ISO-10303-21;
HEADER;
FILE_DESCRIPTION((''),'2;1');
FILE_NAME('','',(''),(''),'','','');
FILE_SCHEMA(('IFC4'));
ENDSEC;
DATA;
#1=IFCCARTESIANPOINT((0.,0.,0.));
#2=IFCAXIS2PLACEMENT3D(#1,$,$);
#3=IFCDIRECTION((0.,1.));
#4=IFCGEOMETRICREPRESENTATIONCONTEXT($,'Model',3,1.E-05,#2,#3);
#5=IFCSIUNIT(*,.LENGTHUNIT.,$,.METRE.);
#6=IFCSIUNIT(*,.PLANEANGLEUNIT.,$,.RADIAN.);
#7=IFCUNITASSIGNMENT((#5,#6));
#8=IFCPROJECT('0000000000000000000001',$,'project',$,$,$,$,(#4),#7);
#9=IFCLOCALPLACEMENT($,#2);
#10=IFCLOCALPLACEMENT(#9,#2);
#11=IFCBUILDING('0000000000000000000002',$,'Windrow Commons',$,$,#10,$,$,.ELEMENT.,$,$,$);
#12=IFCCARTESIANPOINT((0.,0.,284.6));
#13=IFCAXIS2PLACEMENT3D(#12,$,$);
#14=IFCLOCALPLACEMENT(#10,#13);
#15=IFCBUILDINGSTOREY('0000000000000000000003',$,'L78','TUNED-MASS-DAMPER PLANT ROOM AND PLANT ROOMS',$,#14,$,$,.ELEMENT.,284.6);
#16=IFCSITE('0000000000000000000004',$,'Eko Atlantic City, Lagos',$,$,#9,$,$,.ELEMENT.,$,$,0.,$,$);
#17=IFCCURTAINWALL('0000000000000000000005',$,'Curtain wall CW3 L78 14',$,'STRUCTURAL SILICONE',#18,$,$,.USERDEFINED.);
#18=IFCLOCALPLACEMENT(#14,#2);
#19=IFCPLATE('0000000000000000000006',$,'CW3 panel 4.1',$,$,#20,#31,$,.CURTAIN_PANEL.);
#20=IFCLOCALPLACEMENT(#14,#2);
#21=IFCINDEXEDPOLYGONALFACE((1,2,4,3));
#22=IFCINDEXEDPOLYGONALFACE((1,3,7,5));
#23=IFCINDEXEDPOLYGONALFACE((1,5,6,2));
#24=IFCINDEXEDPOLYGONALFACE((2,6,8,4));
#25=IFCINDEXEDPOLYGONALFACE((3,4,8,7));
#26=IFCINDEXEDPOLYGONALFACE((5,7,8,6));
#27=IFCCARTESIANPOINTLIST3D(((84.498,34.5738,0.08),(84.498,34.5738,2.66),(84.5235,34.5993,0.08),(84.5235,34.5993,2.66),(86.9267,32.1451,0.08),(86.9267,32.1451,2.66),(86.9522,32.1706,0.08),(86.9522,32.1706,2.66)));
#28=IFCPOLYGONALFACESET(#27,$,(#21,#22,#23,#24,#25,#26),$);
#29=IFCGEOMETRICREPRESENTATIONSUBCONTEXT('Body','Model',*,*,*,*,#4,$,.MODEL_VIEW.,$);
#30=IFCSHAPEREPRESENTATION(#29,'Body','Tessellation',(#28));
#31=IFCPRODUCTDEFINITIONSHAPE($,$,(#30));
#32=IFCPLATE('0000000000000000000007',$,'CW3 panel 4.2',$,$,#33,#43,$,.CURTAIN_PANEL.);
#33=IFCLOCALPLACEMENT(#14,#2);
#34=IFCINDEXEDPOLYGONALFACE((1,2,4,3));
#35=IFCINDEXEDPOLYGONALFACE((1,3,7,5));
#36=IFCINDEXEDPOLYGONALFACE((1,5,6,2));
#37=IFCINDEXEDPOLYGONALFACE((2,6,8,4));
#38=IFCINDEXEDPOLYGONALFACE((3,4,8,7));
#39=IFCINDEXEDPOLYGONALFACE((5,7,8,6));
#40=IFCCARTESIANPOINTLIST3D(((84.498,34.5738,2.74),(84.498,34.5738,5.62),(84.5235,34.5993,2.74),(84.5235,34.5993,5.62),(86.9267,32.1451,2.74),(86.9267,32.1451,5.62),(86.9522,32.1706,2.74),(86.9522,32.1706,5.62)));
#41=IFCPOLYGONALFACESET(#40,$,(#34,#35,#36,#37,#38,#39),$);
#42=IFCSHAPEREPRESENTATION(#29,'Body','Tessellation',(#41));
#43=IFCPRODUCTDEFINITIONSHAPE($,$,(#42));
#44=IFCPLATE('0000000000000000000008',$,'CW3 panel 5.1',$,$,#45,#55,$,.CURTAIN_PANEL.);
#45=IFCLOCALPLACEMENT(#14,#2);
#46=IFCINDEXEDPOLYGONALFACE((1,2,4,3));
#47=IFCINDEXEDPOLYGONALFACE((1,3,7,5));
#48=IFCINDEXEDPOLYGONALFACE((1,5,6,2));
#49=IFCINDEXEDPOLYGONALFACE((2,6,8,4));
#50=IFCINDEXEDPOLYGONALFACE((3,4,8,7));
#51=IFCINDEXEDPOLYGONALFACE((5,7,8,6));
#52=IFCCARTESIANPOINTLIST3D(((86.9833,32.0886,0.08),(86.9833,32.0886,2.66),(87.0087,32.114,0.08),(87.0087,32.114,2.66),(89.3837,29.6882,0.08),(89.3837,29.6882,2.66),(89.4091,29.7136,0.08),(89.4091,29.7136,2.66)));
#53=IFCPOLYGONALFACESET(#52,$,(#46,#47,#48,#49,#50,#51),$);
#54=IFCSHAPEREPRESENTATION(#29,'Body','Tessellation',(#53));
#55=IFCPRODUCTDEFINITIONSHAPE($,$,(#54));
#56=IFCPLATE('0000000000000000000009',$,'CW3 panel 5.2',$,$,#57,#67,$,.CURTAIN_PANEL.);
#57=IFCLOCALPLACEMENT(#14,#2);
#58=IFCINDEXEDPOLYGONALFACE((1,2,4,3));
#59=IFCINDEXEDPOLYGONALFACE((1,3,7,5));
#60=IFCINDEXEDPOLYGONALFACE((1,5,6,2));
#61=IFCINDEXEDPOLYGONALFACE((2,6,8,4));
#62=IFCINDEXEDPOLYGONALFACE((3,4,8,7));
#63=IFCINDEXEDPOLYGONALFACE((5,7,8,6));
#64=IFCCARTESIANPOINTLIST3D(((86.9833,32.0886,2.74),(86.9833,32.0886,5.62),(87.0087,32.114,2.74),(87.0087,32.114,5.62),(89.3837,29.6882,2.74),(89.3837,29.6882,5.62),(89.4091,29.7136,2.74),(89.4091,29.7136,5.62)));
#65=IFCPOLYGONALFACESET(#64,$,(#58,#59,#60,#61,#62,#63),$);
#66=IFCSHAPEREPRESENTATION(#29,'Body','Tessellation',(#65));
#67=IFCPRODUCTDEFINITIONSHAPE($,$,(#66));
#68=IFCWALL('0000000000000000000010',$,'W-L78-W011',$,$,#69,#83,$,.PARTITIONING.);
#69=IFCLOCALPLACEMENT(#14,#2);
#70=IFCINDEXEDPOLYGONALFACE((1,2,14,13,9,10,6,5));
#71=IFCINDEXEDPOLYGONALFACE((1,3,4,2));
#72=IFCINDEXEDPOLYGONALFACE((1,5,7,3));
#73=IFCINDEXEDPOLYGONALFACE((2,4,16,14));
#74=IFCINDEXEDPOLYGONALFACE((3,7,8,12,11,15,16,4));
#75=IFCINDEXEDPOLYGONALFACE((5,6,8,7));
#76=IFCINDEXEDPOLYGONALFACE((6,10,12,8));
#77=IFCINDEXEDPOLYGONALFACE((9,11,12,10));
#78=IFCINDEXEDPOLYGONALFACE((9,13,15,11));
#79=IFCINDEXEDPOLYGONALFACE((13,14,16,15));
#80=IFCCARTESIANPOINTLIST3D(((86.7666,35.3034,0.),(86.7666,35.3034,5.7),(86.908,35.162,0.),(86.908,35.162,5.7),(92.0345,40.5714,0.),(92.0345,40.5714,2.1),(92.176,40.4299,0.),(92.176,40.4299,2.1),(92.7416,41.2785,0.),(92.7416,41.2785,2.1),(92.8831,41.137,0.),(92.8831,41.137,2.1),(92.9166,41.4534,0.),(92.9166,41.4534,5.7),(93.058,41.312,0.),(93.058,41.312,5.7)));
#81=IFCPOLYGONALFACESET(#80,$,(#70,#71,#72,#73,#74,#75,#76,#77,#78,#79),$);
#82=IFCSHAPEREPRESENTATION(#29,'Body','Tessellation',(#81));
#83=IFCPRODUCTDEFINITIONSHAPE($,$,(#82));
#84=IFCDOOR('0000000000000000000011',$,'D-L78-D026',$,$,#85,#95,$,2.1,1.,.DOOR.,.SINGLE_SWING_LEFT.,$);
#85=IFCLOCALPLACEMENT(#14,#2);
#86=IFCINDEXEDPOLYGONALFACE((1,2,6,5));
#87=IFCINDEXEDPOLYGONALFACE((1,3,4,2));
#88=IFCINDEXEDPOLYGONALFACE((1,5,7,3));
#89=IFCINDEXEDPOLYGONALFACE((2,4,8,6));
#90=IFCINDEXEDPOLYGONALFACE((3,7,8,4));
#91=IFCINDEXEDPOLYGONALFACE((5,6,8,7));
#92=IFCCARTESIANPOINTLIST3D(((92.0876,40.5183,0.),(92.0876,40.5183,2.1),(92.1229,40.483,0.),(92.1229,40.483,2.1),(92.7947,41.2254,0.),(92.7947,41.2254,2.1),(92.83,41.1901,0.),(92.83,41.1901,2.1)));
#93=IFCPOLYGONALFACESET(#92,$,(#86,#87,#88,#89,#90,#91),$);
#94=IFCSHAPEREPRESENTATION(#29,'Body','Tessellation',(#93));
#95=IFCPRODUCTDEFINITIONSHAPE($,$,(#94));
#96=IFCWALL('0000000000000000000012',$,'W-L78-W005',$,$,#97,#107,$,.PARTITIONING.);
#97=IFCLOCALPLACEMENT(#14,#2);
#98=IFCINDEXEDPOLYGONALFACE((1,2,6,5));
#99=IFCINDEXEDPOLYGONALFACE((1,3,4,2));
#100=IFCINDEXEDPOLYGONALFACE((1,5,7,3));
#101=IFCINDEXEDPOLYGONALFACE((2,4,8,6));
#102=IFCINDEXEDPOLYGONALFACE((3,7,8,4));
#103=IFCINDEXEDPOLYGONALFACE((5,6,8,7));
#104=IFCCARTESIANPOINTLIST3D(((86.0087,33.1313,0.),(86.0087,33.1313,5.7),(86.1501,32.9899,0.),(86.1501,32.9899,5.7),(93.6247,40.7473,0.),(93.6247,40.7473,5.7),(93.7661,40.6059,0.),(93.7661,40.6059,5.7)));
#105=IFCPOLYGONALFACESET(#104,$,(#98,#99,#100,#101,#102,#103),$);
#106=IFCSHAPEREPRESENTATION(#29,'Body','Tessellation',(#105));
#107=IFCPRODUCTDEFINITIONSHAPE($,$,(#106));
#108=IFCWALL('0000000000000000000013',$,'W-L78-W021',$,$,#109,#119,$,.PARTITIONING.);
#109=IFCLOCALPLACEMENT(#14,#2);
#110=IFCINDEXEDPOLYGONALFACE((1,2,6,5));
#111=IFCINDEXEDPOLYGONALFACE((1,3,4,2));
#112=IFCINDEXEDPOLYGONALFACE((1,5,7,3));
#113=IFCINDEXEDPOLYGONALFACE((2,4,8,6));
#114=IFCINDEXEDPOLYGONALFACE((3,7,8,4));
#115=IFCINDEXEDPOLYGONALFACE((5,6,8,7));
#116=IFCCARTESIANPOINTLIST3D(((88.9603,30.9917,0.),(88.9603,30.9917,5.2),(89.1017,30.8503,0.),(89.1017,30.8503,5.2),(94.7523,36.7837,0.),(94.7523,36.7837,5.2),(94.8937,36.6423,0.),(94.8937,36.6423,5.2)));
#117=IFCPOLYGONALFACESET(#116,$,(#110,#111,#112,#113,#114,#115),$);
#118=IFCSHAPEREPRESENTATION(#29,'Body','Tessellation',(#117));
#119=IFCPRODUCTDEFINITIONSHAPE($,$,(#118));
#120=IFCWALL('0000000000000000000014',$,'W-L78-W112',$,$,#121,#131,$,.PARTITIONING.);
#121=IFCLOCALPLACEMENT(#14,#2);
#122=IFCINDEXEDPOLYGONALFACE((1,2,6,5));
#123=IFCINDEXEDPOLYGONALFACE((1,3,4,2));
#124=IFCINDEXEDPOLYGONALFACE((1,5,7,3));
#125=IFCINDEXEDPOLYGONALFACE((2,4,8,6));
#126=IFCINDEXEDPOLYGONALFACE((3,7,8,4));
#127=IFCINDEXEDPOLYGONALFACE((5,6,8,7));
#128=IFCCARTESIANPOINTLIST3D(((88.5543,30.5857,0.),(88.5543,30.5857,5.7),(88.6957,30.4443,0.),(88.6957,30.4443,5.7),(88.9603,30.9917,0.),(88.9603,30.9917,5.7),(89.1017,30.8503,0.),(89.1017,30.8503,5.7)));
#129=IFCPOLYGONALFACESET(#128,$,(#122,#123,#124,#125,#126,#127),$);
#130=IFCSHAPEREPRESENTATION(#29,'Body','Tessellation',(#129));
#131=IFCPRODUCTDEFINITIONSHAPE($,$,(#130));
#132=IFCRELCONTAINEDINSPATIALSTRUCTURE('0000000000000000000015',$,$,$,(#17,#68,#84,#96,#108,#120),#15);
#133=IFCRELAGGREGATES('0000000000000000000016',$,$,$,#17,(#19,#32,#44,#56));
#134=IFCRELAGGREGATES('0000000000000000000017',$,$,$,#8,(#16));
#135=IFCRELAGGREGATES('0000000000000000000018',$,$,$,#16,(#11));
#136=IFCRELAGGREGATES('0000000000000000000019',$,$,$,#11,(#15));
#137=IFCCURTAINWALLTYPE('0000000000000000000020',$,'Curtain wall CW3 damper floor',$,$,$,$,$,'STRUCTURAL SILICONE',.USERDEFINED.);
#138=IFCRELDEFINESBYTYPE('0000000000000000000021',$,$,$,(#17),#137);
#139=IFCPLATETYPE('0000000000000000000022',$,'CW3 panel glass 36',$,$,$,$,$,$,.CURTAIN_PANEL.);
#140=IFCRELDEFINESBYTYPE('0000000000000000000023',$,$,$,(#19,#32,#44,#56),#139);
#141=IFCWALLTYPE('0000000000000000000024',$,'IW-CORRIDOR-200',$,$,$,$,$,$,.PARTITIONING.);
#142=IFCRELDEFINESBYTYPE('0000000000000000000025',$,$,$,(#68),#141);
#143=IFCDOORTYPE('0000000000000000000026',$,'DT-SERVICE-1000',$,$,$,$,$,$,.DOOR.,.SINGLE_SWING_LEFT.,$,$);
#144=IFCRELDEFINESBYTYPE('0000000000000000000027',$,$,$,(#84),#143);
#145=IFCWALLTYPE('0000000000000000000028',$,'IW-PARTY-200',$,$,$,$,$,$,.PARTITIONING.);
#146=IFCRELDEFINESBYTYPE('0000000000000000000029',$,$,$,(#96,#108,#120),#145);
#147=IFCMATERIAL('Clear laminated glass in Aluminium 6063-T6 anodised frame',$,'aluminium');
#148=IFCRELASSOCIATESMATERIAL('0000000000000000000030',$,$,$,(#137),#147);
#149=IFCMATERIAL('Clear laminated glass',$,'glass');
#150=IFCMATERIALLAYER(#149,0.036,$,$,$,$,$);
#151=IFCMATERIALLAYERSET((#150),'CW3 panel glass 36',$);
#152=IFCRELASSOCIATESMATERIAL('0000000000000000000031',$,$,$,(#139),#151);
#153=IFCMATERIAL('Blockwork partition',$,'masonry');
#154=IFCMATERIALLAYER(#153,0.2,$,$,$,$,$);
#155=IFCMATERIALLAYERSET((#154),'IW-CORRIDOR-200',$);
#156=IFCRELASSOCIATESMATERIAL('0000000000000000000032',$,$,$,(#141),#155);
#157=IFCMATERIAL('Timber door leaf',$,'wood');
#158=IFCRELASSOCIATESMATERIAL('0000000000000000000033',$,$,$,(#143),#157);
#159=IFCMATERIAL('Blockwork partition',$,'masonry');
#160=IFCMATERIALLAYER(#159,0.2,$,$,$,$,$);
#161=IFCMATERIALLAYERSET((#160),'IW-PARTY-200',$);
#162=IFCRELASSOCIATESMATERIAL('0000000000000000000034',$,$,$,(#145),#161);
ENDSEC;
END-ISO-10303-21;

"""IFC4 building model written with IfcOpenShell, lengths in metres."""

from ifc_helpers import new_model, si_unit, direction, frame, frame_2d, origin, origin_2d, place, context, subcontext, project, spatial, rectangle, extrude, material, layer, layer_set, type_object, element, fill, aggregate, save


model = new_model("IFC4")

# Units and contexts
model_context = context("Model", 3, precision=1e-05, world=origin(), true_north=direction((0.0, 1.0)))
body_context = subcontext(model_context, "Body", "Model", "MODEL_VIEW")
ifc_project = project(units=[si_unit("LENGTHUNIT", "METRE"), si_unit("PLANEANGLEUNIT", "RADIAN")], contexts=[model_context])

# Site, building, storey
site_placement = place(None, origin())
site = spatial("IfcSite", under=ifc_project, at=site_placement, Name="Eko Atlantic City, Lagos", CompositionType="ELEMENT", RefElevation=0.0)
building_placement = place(site_placement, origin())
building = spatial("IfcBuilding", under=site, at=building_placement, Name="Windrow Commons", CompositionType="ELEMENT")
storey_placement = place(building_placement, frame((0.0, 0.0, 284.6)))
storey = spatial("IfcBuildingStorey", under=building, at=storey_placement, Name="L78", Description="TUNED-MASS-DAMPER PLANT ROOM AND PLANT ROOMS", CompositionType="ELEMENT", Elevation=284.6)

# Shared definitions
ifc_material_1 = material(Name="Clear laminated glass in Aluminium 6063-T6 anodised frame", Category="aluminium")
curtain_wall_type = type_object("IfcCurtainWallType", Name="Curtain wall CW3 damper floor", ElementType="STRUCTURAL SILICONE", PredefinedType="USERDEFINED", material=ifc_material_1)
placement = place(storey_placement, origin())

# Curtain wall
curtain_wall_1 = element("IfcCurtainWall", 1, at=placement, inside=storey, type_object=curtain_wall_type, Name="Curtain wall CW3 L78 14", ObjectType="STRUCTURAL SILICONE", PredefinedType="USERDEFINED")

# Plates
ifc_material_2 = material(Name="Clear laminated glass", Category="glass")
ifc_layer_1 = layer(ifc_material_2, 0.036)
ifc_layer_set_1 = layer_set([ifc_layer_1], Name="CW3 panel glass 36")
plate_type = type_object("IfcPlateType", Name="CW3 panel glass 36", PredefinedType="CURTAIN_PANEL", material=ifc_layer_set_1)
plate_1_placement = place(storey_placement, frame((85.7251, 33.3722, 0.08), z_axis=(0.0, 0.0, 1.0), x_axis=(0.707107, -0.707107, 0.0)))
plate_1 = element("IfcPlate", 2, at=plate_1_placement, type_object=plate_type, Name="CW3 panel 4.1", PredefinedType="CURTAIN_PANEL", context=body_context, shape_type="SweptSolid", body=[
    extrude(rectangle(XDim=3.4347, YDim=0.036, at=origin_2d()), origin(), (0.0, 0.0, 1.0), 2.58),
])
plate_2_placement = place(storey_placement, frame((85.7251, 33.3722, 2.74), z_axis=(0.0, 0.0, 1.0), x_axis=(0.707107, -0.707107, 0.0)))
plate_2 = element("IfcPlate", 3, at=plate_2_placement, type_object=plate_type, Name="CW3 panel 4.2", PredefinedType="CURTAIN_PANEL", context=body_context, shape_type="SweptSolid", body=[
    extrude(rectangle(XDim=3.4347, YDim=0.036, at=origin_2d()), origin(), (0.0, 0.0, 1.0), 2.88),
])
plate_3_placement = place(storey_placement, frame((88.1962, 30.9011, 0.08), z_axis=(0.0, 0.0, 1.0), x_axis=(0.707107, -0.707107, 0.0)))
plate_3 = element("IfcPlate", 4, at=plate_3_placement, type_object=plate_type, Name="CW3 panel 5.1", PredefinedType="CURTAIN_PANEL", context=body_context, shape_type="SweptSolid", body=[
    extrude(rectangle(XDim=3.3947, YDim=0.036, at=origin_2d()), origin(), (0.0, 0.0, 1.0), 2.58),
])
plate_4_placement = place(storey_placement, frame((88.1962, 30.9011, 2.74), z_axis=(0.0, 0.0, 1.0), x_axis=(0.707107, -0.707107, 0.0)))
plate_4 = element("IfcPlate", 5, at=plate_4_placement, type_object=plate_type, Name="CW3 panel 5.2", PredefinedType="CURTAIN_PANEL", context=body_context, shape_type="SweptSolid", body=[
    extrude(rectangle(XDim=3.3947, YDim=0.036, at=origin_2d()), origin(), (0.0, 0.0, 1.0), 2.88),
])
aggregate(curtain_wall_1, [plate_1, plate_2, plate_3, plate_4])

# Wall, opening, door
ifc_material_3 = material(Name="Blockwork partition", Category="masonry")
ifc_layer_2 = layer(ifc_material_3, 0.2)
ifc_layer_set_2 = layer_set([ifc_layer_2], Name="IW-CORRIDOR-200")
wall_type_1 = type_object("IfcWallType", Name="IW-CORRIDOR-200", PredefinedType="PARTITIONING", material=ifc_layer_set_2)
wall_1_placement = place(storey_placement, frame((86.8373, 35.2327, 0.0), z_axis=(0.0, 0.0, 1.0), x_axis=(0.707107, 0.707107, 0.0)))
wall_1 = element("IfcWall", 6, at=wall_1_placement, inside=storey, type_object=wall_type_1, Name="W-L78-W011", PredefinedType="PARTITIONING", context=body_context, shape_type="SweptSolid", body=[
    extrude(rectangle(XDim=8.6974, YDim=0.2, at=frame_2d((4.3487, 0.0))), origin(), (0.0, 0.0, 1.0), 5.7),
])
opening_placement = place(wall_1_placement, frame((7.45, 0.0, 0.0)))
opening = element("IfcOpeningElement", 7, at=opening_placement, cuts=wall_1, PredefinedType="OPENING", context=body_context, shape_type="SweptSolid", body=[
    extrude(rectangle(XDim=1.0, YDim=2.1, at=frame_2d((0.5, 1.05))), frame((0.0, 0.11, 0.0), z_axis=(0.0, -1.0, 0.0), x_axis=(1.0, 0.0, 0.0)), (0.0, 0.0, 1.0), 0.22),
])
ifc_material_4 = material(Name="Timber door leaf", Category="wood")
door_type = type_object("IfcDoorType", Name="DT-SERVICE-1000", OperationType="SINGLE_SWING_LEFT", PredefinedType="DOOR", material=ifc_material_4)
door_placement = place(opening_placement, origin())
door = element("IfcDoor", 8, at=door_placement, inside=storey, type_object=door_type, Name="D-L78-D026", OperationType="SINGLE_SWING_LEFT", OverallHeight=2.1, OverallWidth=1.0, PredefinedType="DOOR", context=body_context, shape_type="SweptSolid", body=[
    extrude(rectangle(XDim=1.0, YDim=2.1, at=frame_2d((0.5, 1.05))), frame((0.0, 0.025, 0.0), z_axis=(0.0, -1.0, 0.0), x_axis=(1.0, 0.0, 0.0)), (0.0, 0.0, 1.0), 0.05),
])
fill(opening, door)

# Walls
ifc_material_5 = material(Name="Blockwork partition", Category="masonry")
ifc_layer_3 = layer(ifc_material_5, 0.2)
ifc_layer_set_3 = layer_set([ifc_layer_3], Name="IW-PARTY-200")
wall_type_2 = type_object("IfcWallType", Name="IW-PARTY-200", PredefinedType="PARTITIONING", material=ifc_layer_set_3)
wall_2_placement = place(storey_placement, frame((86.0794, 33.0606, 0.0), z_axis=(0.0, 0.0, 1.0), x_axis=(0.707107, 0.707107, 0.0)))
element("IfcWall", 9, at=wall_2_placement, inside=storey, type_object=wall_type_2, Name="W-L78-W005", PredefinedType="PARTITIONING", context=body_context, shape_type="SweptSolid", body=[
    extrude(rectangle(XDim=10.7707, YDim=0.2, at=frame_2d((5.3853, 0.0))), origin(), (0.0, 0.0, 1.0), 5.7),
])
wall_3_placement = place(storey_placement, frame((89.031, 30.921, 0.0), z_axis=(0.0, 0.0, 1.0), x_axis=(0.707107, 0.707107, 0.0)))
element("IfcWall", 10, at=wall_3_placement, inside=storey, type_object=wall_type_2, Name="W-L78-W021", PredefinedType="PARTITIONING", context=body_context, shape_type="SweptSolid", body=[
    extrude(rectangle(XDim=8.1911, YDim=0.2, at=frame_2d((4.0956, 0.0))), origin(), (0.0, 0.0, 1.0), 5.2),
])
wall_4_placement = place(storey_placement, frame((88.625, 30.515, 0.0), z_axis=(0.0, 0.0, 1.0), x_axis=(0.707107, 0.707107, 0.0)))
element("IfcWall", 11, at=wall_4_placement, inside=storey, type_object=wall_type_2, Name="W-L78-W112", PredefinedType="PARTITIONING", context=body_context, shape_type="SweptSolid", body=[
    extrude(rectangle(XDim=0.5742, YDim=0.2, at=frame_2d((0.2871, 0.0))), origin(), (0.0, 0.0, 1.0), 5.7),
])

save(model, "model.ifc")
